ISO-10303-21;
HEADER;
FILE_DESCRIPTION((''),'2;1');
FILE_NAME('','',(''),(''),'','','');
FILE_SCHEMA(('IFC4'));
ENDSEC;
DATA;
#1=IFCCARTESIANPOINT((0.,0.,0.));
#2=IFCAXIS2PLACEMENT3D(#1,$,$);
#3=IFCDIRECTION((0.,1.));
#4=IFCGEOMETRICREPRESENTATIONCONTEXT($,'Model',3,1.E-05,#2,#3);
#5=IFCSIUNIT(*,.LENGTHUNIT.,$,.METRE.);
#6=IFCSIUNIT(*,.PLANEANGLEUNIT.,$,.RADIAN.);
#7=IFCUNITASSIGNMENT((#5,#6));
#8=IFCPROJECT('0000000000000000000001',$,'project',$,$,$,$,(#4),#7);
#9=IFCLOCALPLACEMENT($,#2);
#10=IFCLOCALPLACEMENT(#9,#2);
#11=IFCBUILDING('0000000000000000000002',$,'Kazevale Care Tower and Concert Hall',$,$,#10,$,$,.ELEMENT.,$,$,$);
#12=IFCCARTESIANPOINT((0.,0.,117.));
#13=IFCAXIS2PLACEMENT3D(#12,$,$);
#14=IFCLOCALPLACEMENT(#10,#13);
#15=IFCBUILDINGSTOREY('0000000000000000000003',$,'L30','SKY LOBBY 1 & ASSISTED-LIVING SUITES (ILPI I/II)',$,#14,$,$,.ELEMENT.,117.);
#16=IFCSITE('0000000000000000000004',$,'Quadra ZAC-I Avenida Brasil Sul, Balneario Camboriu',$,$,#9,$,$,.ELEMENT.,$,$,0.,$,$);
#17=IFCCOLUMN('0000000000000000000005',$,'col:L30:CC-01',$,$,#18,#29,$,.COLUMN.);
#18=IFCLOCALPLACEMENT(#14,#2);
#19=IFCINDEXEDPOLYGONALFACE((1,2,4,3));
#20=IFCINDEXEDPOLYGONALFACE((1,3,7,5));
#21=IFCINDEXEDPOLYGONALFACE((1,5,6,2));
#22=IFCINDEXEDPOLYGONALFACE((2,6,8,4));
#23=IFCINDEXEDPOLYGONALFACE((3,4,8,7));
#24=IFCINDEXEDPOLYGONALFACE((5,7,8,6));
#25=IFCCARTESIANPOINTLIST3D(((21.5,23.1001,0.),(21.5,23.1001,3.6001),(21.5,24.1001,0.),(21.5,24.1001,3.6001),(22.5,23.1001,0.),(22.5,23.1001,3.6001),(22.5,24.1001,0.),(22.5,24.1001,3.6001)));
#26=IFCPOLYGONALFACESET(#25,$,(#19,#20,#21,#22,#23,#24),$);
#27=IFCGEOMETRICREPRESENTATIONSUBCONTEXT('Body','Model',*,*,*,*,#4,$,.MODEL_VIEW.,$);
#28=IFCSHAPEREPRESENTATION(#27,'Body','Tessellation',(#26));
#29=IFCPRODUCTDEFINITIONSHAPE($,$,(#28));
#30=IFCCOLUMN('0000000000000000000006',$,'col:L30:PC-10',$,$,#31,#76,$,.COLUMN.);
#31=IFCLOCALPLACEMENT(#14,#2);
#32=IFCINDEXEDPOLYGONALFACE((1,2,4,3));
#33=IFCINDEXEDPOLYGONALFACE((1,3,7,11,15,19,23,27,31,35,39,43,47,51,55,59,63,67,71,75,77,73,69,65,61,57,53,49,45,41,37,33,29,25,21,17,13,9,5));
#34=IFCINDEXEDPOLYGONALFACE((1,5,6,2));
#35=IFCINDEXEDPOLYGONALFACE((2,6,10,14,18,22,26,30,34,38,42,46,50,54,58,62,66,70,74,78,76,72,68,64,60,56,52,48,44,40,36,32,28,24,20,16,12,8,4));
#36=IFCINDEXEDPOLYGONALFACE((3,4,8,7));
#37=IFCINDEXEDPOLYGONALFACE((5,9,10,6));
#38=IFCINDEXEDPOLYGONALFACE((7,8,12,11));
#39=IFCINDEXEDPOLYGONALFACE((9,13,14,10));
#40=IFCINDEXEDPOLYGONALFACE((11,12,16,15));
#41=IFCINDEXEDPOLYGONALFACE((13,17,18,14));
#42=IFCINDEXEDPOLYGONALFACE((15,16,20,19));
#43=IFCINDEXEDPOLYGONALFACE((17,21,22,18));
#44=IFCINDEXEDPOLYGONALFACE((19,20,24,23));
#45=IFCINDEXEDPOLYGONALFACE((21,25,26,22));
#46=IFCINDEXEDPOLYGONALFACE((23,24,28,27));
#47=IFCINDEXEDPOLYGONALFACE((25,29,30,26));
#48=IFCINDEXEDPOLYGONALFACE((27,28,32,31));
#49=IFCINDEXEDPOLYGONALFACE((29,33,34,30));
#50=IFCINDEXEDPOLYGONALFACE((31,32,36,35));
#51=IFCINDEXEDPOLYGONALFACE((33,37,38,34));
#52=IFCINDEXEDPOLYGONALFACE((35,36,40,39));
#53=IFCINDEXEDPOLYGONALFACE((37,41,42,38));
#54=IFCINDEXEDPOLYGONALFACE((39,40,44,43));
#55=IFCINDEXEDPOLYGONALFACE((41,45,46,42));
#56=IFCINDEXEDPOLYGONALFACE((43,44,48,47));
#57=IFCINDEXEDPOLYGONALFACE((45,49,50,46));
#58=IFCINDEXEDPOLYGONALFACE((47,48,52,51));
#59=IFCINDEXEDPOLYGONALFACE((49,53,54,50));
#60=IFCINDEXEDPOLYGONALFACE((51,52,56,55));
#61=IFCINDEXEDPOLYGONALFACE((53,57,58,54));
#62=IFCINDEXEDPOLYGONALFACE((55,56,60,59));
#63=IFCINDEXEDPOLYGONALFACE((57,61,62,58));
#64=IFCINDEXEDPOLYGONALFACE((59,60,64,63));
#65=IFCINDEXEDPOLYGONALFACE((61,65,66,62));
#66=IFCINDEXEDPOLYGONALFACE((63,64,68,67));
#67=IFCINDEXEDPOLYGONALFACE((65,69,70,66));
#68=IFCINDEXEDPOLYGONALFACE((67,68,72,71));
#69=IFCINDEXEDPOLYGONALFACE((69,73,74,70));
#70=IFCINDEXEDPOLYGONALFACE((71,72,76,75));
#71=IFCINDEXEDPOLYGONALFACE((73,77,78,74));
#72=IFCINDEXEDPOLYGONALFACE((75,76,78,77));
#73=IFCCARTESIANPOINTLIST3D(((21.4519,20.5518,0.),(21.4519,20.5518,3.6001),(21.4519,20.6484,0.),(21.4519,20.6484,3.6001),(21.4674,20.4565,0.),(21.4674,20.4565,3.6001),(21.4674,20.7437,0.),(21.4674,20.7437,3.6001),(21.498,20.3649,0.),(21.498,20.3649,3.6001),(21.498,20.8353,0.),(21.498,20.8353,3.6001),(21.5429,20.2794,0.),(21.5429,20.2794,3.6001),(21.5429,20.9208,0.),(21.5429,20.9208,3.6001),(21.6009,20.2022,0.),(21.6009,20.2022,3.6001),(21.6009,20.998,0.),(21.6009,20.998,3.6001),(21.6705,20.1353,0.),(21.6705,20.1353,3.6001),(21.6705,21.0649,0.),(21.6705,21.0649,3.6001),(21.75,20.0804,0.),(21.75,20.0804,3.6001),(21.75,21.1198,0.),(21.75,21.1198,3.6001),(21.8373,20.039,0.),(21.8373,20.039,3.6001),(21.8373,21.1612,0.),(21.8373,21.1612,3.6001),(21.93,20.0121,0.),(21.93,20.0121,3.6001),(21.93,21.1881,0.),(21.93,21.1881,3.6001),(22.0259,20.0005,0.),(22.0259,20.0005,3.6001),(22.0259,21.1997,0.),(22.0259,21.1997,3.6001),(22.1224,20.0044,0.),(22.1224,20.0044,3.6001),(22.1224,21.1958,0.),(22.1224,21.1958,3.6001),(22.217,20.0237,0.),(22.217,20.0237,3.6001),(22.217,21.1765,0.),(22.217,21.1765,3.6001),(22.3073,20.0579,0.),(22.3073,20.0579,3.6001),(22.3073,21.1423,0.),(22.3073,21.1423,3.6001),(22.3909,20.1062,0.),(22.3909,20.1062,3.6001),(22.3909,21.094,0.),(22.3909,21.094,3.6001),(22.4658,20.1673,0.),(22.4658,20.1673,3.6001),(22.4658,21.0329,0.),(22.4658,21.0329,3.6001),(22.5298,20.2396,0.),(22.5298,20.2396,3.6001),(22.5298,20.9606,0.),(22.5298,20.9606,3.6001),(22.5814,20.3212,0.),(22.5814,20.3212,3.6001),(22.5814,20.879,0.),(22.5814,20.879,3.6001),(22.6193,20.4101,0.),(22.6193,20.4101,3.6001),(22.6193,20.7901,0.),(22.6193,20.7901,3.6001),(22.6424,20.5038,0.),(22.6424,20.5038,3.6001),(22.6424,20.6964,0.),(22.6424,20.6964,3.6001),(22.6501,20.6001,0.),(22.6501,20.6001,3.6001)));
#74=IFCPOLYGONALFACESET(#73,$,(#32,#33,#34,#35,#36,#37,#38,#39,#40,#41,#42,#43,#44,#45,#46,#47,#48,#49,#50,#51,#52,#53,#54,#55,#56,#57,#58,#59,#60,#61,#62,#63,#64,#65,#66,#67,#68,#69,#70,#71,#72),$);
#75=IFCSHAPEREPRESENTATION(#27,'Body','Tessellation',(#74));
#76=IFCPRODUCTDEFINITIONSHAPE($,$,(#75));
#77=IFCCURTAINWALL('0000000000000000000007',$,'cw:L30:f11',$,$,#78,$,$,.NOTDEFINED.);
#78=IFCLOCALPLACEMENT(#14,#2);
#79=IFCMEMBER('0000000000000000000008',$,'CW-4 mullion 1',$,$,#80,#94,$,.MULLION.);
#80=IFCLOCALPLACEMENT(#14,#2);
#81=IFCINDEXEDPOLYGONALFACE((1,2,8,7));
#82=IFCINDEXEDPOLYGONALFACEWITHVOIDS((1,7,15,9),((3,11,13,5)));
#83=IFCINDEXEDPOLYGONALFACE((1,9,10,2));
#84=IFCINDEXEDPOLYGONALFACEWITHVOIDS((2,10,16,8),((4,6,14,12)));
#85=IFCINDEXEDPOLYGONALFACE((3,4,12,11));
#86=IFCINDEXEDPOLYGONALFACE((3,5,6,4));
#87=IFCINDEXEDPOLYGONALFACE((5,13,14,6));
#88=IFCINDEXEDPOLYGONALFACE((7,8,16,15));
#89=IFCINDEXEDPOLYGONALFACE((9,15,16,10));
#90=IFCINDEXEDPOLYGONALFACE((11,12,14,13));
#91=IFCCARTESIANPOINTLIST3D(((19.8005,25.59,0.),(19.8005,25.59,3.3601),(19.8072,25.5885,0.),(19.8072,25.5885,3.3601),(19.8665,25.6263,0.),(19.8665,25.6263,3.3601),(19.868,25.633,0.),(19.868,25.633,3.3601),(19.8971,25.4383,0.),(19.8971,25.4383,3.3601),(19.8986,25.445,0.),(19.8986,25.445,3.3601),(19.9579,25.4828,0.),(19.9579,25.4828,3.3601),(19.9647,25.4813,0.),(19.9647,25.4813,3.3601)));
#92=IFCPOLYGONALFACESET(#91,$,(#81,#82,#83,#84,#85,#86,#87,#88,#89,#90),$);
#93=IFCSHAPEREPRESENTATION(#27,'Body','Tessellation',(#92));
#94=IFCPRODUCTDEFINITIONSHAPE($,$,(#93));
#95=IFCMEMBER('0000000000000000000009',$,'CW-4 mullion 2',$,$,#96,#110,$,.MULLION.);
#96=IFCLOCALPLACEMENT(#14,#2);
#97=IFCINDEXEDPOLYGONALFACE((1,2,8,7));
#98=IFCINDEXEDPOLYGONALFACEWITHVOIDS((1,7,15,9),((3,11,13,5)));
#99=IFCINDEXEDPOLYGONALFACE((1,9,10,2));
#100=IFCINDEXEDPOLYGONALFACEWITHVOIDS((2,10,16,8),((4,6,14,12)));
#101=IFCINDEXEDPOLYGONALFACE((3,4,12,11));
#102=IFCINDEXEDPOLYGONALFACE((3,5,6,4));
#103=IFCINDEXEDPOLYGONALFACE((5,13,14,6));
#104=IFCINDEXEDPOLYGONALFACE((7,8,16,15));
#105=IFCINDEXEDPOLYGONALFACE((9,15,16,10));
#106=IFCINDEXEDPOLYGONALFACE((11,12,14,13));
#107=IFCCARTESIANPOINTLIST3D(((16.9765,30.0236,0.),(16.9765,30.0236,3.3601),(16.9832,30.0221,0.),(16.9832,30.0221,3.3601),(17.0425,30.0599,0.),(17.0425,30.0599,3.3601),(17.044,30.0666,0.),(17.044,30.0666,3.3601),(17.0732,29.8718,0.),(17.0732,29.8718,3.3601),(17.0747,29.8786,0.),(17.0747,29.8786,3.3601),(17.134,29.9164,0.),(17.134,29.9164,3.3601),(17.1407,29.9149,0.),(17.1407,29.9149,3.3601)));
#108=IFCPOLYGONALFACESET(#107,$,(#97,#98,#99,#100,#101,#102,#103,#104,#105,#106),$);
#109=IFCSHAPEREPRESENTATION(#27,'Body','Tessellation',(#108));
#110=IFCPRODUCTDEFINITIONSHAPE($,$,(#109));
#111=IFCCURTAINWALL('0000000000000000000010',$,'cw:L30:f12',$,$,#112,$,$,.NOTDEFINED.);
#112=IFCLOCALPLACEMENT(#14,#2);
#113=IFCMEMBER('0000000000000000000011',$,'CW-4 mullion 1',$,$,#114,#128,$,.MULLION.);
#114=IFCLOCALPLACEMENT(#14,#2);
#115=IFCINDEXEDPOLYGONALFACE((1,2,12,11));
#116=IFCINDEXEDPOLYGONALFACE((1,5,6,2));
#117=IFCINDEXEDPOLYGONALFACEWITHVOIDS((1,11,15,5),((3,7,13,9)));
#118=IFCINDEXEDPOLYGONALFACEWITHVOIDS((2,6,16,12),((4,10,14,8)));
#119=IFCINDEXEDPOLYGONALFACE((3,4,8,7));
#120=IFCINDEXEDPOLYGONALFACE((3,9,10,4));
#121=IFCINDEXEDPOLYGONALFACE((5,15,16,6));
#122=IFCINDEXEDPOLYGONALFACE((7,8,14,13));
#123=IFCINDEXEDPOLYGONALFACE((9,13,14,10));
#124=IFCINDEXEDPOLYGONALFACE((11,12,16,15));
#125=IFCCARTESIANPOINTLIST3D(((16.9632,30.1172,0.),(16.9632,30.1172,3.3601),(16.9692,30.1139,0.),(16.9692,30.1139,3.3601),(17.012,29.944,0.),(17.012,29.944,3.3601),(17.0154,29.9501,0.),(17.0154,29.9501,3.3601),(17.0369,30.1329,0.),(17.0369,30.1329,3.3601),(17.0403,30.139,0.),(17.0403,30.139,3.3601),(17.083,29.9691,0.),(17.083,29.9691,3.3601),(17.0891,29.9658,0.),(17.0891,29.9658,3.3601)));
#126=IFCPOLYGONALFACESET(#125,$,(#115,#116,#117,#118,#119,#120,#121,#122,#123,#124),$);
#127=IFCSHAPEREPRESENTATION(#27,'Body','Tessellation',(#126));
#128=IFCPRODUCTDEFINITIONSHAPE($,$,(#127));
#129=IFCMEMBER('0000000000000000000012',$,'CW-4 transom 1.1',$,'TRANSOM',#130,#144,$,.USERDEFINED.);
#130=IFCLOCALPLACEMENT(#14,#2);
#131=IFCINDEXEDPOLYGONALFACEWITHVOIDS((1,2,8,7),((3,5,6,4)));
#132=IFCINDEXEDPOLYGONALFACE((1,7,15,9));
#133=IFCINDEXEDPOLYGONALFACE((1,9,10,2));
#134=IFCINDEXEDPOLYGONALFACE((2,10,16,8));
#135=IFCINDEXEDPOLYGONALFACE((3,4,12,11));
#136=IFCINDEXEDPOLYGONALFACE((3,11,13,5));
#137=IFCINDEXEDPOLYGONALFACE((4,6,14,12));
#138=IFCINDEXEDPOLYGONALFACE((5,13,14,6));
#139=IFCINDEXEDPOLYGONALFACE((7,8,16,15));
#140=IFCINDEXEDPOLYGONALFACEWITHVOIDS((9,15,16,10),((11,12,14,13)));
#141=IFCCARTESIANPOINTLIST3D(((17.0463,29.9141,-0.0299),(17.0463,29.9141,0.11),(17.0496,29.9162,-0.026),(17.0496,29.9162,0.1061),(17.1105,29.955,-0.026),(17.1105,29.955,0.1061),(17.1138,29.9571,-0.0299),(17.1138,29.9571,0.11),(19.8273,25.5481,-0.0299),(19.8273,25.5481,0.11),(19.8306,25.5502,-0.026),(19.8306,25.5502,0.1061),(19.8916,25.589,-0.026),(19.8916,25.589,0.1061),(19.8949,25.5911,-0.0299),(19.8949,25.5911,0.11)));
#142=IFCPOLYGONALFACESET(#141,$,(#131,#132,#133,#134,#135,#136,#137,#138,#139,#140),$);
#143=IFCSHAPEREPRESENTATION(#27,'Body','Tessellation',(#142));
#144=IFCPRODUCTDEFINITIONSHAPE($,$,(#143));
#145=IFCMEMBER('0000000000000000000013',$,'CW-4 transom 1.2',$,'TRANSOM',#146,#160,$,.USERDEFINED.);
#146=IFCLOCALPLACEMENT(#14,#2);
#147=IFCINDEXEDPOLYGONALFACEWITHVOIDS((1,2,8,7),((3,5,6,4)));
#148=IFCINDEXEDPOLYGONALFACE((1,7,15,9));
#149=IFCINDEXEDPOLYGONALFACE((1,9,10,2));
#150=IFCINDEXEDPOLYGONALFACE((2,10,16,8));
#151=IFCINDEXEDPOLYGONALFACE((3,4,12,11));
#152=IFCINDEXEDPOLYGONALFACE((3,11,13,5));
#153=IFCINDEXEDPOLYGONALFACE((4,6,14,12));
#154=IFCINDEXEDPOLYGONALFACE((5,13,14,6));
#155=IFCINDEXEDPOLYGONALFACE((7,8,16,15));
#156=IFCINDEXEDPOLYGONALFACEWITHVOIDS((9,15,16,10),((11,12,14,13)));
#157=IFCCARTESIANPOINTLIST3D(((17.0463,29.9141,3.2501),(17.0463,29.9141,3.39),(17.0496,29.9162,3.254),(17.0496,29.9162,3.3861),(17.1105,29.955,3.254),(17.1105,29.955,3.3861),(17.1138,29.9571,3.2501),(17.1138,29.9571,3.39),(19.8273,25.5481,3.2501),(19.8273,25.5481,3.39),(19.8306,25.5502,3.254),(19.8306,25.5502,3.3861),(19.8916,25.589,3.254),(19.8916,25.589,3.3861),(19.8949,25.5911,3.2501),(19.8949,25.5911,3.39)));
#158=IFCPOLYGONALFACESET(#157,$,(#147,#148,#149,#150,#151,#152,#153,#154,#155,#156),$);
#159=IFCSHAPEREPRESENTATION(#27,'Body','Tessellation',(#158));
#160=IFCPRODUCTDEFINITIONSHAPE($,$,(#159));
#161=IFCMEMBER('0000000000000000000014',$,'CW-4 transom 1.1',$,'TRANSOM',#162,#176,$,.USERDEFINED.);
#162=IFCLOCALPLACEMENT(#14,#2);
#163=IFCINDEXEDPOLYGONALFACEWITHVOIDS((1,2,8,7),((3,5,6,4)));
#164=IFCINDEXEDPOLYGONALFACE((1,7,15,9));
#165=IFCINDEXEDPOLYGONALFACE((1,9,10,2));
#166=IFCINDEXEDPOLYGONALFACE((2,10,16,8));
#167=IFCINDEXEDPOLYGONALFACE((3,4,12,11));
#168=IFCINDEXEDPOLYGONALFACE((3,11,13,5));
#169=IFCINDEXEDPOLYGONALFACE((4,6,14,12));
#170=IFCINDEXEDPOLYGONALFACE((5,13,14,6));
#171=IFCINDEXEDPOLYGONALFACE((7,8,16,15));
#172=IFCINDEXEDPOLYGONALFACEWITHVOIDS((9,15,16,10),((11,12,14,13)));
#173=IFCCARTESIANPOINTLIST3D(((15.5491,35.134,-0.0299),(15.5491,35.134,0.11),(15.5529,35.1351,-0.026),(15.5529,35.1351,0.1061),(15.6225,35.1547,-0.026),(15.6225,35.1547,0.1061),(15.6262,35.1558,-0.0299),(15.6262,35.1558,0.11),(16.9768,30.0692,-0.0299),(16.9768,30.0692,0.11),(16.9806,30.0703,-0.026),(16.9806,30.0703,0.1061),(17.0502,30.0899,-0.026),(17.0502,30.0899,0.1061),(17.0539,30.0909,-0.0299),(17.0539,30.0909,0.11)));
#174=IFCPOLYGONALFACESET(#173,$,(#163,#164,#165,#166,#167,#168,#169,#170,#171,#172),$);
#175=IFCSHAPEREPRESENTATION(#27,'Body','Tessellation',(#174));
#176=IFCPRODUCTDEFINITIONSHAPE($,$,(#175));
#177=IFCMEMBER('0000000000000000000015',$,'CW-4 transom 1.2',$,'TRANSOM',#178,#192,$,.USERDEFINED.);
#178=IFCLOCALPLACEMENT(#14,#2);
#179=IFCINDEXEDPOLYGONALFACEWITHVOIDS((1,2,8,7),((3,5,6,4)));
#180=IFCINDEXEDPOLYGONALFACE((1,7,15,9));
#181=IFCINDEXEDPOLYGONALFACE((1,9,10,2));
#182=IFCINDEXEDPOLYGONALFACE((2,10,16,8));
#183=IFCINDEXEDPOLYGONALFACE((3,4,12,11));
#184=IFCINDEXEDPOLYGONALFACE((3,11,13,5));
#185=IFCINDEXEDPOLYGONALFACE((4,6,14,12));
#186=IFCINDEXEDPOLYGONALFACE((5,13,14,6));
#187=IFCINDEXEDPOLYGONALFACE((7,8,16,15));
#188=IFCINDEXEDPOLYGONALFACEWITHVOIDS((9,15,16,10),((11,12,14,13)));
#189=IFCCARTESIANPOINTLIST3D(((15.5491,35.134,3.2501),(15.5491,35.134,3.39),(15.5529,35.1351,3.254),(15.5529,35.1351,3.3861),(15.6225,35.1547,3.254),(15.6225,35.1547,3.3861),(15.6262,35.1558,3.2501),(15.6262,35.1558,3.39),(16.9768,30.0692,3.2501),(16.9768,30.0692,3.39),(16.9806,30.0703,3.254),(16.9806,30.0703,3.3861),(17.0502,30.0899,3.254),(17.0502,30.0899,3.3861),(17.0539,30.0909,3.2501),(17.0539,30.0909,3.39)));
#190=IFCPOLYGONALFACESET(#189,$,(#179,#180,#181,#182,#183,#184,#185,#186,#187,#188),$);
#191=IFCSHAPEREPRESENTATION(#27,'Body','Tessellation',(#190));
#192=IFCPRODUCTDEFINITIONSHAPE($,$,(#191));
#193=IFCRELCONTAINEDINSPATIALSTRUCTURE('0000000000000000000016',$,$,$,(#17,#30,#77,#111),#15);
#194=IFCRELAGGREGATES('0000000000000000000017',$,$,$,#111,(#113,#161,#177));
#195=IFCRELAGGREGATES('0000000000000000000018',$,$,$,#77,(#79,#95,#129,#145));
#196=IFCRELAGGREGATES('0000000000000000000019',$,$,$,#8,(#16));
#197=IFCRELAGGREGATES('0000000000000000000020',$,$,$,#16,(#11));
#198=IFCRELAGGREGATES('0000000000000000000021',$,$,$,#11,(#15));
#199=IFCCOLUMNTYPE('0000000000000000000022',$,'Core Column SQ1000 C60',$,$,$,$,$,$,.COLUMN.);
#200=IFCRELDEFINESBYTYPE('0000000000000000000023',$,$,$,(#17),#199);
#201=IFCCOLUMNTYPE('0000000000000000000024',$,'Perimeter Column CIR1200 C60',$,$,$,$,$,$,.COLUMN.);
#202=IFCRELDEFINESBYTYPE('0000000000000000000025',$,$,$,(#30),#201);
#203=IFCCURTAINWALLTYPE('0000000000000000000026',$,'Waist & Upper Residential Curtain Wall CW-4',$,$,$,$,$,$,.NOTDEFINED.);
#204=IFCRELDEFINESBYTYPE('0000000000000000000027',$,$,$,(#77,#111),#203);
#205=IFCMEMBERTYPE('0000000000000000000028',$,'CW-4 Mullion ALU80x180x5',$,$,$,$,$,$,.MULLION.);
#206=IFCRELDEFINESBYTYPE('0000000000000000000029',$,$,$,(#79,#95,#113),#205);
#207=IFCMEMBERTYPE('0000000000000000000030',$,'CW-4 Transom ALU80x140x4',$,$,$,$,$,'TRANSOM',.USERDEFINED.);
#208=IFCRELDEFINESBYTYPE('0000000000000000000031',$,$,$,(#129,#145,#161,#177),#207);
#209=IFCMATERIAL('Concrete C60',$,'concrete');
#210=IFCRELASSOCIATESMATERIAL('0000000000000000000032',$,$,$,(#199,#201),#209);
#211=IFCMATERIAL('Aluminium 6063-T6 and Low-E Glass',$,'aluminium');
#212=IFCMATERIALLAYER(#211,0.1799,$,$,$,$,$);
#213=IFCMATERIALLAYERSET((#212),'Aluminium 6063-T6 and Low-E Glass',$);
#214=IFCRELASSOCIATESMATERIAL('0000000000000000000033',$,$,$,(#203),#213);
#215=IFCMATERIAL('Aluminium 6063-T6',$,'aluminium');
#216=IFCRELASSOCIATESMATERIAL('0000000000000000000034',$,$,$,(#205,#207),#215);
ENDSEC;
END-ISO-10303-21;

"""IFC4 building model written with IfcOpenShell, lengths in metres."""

from ifc_helpers import new_model, si_unit, direction, frame, origin, origin_2d, place, context, subcontext, project, spatial, rectangle, hollow_rectangle, circle, extrude, material, layer, layer_set, material_profile, profile_set, type_object, element, aggregate, save


model = new_model("IFC4")

# Units and contexts
model_context = context("Model", 3, precision=1e-05, world=origin(), true_north=direction((0.0, 1.0)))
body_context = subcontext(model_context, "Body", "Model", "MODEL_VIEW")
ifc_project = project(units=[si_unit("LENGTHUNIT", "METRE"), si_unit("PLANEANGLEUNIT", "RADIAN")], contexts=[model_context])

# Site, building, storey
site_placement = place(None, origin())
site = spatial("IfcSite", under=ifc_project, at=site_placement, Name="Quadra ZAC-I Avenida Brasil Sul, Balneario Camboriu", CompositionType="ELEMENT", RefElevation=0.0)
building_placement = place(site_placement, origin())
building = spatial("IfcBuilding", under=site, at=building_placement, Name="Kazevale Care Tower and Concert Hall", CompositionType="ELEMENT")
storey_placement = place(building_placement, frame((0.0, 0.0, 117.0)))
storey = spatial("IfcBuildingStorey", under=building, at=storey_placement, Name="L30", Description="SKY LOBBY 1 & ASSISTED-LIVING SUITES (ILPI I/II)", CompositionType="ELEMENT", Elevation=117.0)

# Columns
ifc_material_1 = material(Name="Concrete C60", Category="concrete")
ifc_material_profile_1 = material_profile(ifc_material_1, rectangle(XDim=1.0, YDim=1.0, at=origin_2d()), Name="RC-SQ1000")
ifc_profile_set_1 = profile_set([ifc_material_profile_1], Name="Concrete C60")
column_type_1 = type_object("IfcColumnType", Name="Core Column SQ1000 C60", PredefinedType="COLUMN", material=ifc_profile_set_1)
column_1_placement = place(storey_placement, frame((22.0, 23.6001, 0.0), z_axis=(0.0, 0.0, 1.0), x_axis=(1.0, 0.0, 0.0)))
element("IfcColumn", 1, at=column_1_placement, inside=storey, type_object=column_type_1, Name="col:L30:CC-01", PredefinedType="COLUMN", context=body_context, shape_type="SweptSolid", body=[
    extrude(rectangle(XDim=1.0, YDim=1.0, at=origin_2d()), origin(), (0.0, 0.0, 1.0), 3.6001),
])
ifc_material_profile_2 = material_profile(ifc_material_1, circle(Radius=0.6001, at=origin_2d()), Name="RC-CIR1200")
ifc_profile_set_2 = profile_set([ifc_material_profile_2], Name="Concrete C60")
column_type_2 = type_object("IfcColumnType", Name="Perimeter Column CIR1200 C60", PredefinedType="COLUMN", material=ifc_profile_set_2)
column_2_placement = place(storey_placement, frame((22.05, 20.6001, 0.0), z_axis=(0.0, 0.0, 1.0), x_axis=(1.0, 0.0, 0.0)))
element("IfcColumn", 2, at=column_2_placement, inside=storey, type_object=column_type_2, Name="col:L30:PC-10", PredefinedType="COLUMN", context=body_context, shape_type="SweptSolid", body=[
    extrude(circle(Radius=0.6001, at=origin_2d()), origin(), (0.0, 0.0, 1.0), 3.6001),
])

# Curtain wall, members
ifc_material_2 = material(Name="Aluminium 6063-T6 and Low-E Glass", Category="aluminium")
ifc_layer_1 = layer(ifc_material_2, 0.1799)
ifc_layer_set_1 = layer_set([ifc_layer_1], Name="Aluminium 6063-T6 and Low-E Glass")
curtain_wall_type_1 = type_object("IfcCurtainWallType", Name="Waist & Upper Residential Curtain Wall CW-4", PredefinedType="NOTDEFINED", material=ifc_layer_set_1)
curtain_wall_1_placement = place(storey_placement, origin())
curtain_wall_1 = element("IfcCurtainWall", 3, at=curtain_wall_1_placement, inside=storey, type_object=curtain_wall_type_1, Name="cw:L30:f11", PredefinedType="NOTDEFINED")
ifc_material_3 = material(Name="Aluminium 6063-T6", Category="aluminium")
ifc_material_profile_3 = material_profile(ifc_material_3, hollow_rectangle(XDim=0.0801, YDim=0.1799, WallThickness=0.0049, at=origin_2d()), Name="ALU80x180x5")
ifc_profile_set_3 = profile_set([ifc_material_profile_3], Name="Aluminium 6063-T6")
member_type_1 = type_object("IfcMemberType", Name="CW-4 Mullion ALU80x180x5", PredefinedType="MULLION", material=ifc_profile_set_3)
member_1_placement = place(storey_placement, frame((19.8826, 25.5356, 0.0), z_axis=(0.0, 0.0, 1.0), x_axis=(-0.84343, -0.537239, 0.0)))
member_1 = element("IfcMember", 4, at=member_1_placement, type_object=member_type_1, Name="CW-4 mullion 1", PredefinedType="MULLION", context=body_context, shape_type="SweptSolid", body=[
    extrude(hollow_rectangle(XDim=0.0801, YDim=0.1799, WallThickness=0.0049, at=origin_2d()), origin(), (0.0, 0.0, 1.0), 3.3601),
])
member_2_placement = place(storey_placement, frame((17.0586, 29.9692, 0.0), z_axis=(0.0, 0.0, 1.0), x_axis=(-0.84343, -0.537239, 0.0)))
member_2 = element("IfcMember", 5, at=member_2_placement, type_object=member_type_1, Name="CW-4 mullion 2", PredefinedType="MULLION", context=body_context, shape_type="SweptSolid", body=[
    extrude(hollow_rectangle(XDim=0.0801, YDim=0.1799, WallThickness=0.0049, at=origin_2d()), origin(), (0.0, 0.0, 1.0), 3.3601),
])

# Curtain wall, member
curtain_wall_2_placement = place(storey_placement, origin())
curtain_wall_2 = element("IfcCurtainWall", 6, at=curtain_wall_2_placement, inside=storey, type_object=curtain_wall_type_1, Name="cw:L30:f12", PredefinedType="NOTDEFINED")
member_3_placement = place(storey_placement, frame((17.0261, 30.0415, 0.0), z_axis=(0.0, 0.0, 1.0), x_axis=(-0.962499, -0.271285, 0.0)))
member_3 = element("IfcMember", 7, at=member_3_placement, type_object=member_type_1, Name="CW-4 mullion 1", PredefinedType="MULLION", context=body_context, shape_type="SweptSolid", body=[
    extrude(hollow_rectangle(XDim=0.0801, YDim=0.1799, WallThickness=0.0049, at=origin_2d()), origin(), (0.0, 0.0, 1.0), 3.3601),
])

# Members
ifc_material_profile_4 = material_profile(ifc_material_3, hollow_rectangle(XDim=0.0801, YDim=0.1399, WallThickness=0.0039, at=origin_2d()), Name="ALU80x140x4")
ifc_profile_set_4 = profile_set([ifc_material_profile_4], Name="Aluminium 6063-T6")
member_type_2 = type_object("IfcMemberType", Name="CW-4 Transom ALU80x140x4", ElementType="TRANSOM", PredefinedType="USERDEFINED", material=ifc_profile_set_4)
member_4_placement = place(storey_placement, frame((19.8611, 25.5696, 0.04), z_axis=(-0.537242, 0.843428, 0.0), x_axis=(-0.843428, -0.537242, 0.0)))
member_4 = element("IfcMember", 8, at=member_4_placement, type_object=member_type_2, Name="CW-4 transom 1.1", ObjectType="TRANSOM", PredefinedType="USERDEFINED", context=body_context, shape_type="SweptSolid", body=[
    extrude(hollow_rectangle(XDim=0.0801, YDim=0.1399, WallThickness=0.0039, at=origin_2d()), origin(), (0.0, 0.0, 1.0), 5.1765),
])
member_5_placement = place(storey_placement, frame((19.8611, 25.5696, 3.3201), z_axis=(-0.537242, 0.843428, 0.0), x_axis=(-0.843428, -0.537242, 0.0)))
member_5 = element("IfcMember", 9, at=member_5_placement, type_object=member_type_2, Name="CW-4 transom 1.2", ObjectType="TRANSOM", PredefinedType="USERDEFINED", context=body_context, shape_type="SweptSolid", body=[
    extrude(hollow_rectangle(XDim=0.0801, YDim=0.1399, WallThickness=0.0039, at=origin_2d()), origin(), (0.0, 0.0, 1.0), 5.1765),
])
member_6_placement = place(storey_placement, frame((17.0154, 30.0801, 0.04), z_axis=(-0.271313, 0.962491, 0.0), x_axis=(-0.962491, -0.271313, 0.0)))
member_6 = element("IfcMember", 10, at=member_6_placement, type_object=member_type_2, Name="CW-4 transom 1.1", ObjectType="TRANSOM", PredefinedType="USERDEFINED", context=body_context, shape_type="SweptSolid", body=[
    extrude(hollow_rectangle(XDim=0.0801, YDim=0.1399, WallThickness=0.0039, at=origin_2d()), origin(), (0.0, 0.0, 1.0), 5.2622),
])
member_7_placement = place(storey_placement, frame((17.0154, 30.0801, 3.3201), z_axis=(-0.271313, 0.962491, 0.0), x_axis=(-0.962491, -0.271313, 0.0)))
member_7 = element("IfcMember", 11, at=member_7_placement, type_object=member_type_2, Name="CW-4 transom 1.2", ObjectType="TRANSOM", PredefinedType="USERDEFINED", context=body_context, shape_type="SweptSolid", body=[
    extrude(hollow_rectangle(XDim=0.0801, YDim=0.1399, WallThickness=0.0039, at=origin_2d()), origin(), (0.0, 0.0, 1.0), 5.2622),
])
aggregate(curtain_wall_2, [member_3, member_6, member_7])

aggregate(curtain_wall_1, [member_1, member_2, member_4, member_5])

save(model, "model.ifc")
